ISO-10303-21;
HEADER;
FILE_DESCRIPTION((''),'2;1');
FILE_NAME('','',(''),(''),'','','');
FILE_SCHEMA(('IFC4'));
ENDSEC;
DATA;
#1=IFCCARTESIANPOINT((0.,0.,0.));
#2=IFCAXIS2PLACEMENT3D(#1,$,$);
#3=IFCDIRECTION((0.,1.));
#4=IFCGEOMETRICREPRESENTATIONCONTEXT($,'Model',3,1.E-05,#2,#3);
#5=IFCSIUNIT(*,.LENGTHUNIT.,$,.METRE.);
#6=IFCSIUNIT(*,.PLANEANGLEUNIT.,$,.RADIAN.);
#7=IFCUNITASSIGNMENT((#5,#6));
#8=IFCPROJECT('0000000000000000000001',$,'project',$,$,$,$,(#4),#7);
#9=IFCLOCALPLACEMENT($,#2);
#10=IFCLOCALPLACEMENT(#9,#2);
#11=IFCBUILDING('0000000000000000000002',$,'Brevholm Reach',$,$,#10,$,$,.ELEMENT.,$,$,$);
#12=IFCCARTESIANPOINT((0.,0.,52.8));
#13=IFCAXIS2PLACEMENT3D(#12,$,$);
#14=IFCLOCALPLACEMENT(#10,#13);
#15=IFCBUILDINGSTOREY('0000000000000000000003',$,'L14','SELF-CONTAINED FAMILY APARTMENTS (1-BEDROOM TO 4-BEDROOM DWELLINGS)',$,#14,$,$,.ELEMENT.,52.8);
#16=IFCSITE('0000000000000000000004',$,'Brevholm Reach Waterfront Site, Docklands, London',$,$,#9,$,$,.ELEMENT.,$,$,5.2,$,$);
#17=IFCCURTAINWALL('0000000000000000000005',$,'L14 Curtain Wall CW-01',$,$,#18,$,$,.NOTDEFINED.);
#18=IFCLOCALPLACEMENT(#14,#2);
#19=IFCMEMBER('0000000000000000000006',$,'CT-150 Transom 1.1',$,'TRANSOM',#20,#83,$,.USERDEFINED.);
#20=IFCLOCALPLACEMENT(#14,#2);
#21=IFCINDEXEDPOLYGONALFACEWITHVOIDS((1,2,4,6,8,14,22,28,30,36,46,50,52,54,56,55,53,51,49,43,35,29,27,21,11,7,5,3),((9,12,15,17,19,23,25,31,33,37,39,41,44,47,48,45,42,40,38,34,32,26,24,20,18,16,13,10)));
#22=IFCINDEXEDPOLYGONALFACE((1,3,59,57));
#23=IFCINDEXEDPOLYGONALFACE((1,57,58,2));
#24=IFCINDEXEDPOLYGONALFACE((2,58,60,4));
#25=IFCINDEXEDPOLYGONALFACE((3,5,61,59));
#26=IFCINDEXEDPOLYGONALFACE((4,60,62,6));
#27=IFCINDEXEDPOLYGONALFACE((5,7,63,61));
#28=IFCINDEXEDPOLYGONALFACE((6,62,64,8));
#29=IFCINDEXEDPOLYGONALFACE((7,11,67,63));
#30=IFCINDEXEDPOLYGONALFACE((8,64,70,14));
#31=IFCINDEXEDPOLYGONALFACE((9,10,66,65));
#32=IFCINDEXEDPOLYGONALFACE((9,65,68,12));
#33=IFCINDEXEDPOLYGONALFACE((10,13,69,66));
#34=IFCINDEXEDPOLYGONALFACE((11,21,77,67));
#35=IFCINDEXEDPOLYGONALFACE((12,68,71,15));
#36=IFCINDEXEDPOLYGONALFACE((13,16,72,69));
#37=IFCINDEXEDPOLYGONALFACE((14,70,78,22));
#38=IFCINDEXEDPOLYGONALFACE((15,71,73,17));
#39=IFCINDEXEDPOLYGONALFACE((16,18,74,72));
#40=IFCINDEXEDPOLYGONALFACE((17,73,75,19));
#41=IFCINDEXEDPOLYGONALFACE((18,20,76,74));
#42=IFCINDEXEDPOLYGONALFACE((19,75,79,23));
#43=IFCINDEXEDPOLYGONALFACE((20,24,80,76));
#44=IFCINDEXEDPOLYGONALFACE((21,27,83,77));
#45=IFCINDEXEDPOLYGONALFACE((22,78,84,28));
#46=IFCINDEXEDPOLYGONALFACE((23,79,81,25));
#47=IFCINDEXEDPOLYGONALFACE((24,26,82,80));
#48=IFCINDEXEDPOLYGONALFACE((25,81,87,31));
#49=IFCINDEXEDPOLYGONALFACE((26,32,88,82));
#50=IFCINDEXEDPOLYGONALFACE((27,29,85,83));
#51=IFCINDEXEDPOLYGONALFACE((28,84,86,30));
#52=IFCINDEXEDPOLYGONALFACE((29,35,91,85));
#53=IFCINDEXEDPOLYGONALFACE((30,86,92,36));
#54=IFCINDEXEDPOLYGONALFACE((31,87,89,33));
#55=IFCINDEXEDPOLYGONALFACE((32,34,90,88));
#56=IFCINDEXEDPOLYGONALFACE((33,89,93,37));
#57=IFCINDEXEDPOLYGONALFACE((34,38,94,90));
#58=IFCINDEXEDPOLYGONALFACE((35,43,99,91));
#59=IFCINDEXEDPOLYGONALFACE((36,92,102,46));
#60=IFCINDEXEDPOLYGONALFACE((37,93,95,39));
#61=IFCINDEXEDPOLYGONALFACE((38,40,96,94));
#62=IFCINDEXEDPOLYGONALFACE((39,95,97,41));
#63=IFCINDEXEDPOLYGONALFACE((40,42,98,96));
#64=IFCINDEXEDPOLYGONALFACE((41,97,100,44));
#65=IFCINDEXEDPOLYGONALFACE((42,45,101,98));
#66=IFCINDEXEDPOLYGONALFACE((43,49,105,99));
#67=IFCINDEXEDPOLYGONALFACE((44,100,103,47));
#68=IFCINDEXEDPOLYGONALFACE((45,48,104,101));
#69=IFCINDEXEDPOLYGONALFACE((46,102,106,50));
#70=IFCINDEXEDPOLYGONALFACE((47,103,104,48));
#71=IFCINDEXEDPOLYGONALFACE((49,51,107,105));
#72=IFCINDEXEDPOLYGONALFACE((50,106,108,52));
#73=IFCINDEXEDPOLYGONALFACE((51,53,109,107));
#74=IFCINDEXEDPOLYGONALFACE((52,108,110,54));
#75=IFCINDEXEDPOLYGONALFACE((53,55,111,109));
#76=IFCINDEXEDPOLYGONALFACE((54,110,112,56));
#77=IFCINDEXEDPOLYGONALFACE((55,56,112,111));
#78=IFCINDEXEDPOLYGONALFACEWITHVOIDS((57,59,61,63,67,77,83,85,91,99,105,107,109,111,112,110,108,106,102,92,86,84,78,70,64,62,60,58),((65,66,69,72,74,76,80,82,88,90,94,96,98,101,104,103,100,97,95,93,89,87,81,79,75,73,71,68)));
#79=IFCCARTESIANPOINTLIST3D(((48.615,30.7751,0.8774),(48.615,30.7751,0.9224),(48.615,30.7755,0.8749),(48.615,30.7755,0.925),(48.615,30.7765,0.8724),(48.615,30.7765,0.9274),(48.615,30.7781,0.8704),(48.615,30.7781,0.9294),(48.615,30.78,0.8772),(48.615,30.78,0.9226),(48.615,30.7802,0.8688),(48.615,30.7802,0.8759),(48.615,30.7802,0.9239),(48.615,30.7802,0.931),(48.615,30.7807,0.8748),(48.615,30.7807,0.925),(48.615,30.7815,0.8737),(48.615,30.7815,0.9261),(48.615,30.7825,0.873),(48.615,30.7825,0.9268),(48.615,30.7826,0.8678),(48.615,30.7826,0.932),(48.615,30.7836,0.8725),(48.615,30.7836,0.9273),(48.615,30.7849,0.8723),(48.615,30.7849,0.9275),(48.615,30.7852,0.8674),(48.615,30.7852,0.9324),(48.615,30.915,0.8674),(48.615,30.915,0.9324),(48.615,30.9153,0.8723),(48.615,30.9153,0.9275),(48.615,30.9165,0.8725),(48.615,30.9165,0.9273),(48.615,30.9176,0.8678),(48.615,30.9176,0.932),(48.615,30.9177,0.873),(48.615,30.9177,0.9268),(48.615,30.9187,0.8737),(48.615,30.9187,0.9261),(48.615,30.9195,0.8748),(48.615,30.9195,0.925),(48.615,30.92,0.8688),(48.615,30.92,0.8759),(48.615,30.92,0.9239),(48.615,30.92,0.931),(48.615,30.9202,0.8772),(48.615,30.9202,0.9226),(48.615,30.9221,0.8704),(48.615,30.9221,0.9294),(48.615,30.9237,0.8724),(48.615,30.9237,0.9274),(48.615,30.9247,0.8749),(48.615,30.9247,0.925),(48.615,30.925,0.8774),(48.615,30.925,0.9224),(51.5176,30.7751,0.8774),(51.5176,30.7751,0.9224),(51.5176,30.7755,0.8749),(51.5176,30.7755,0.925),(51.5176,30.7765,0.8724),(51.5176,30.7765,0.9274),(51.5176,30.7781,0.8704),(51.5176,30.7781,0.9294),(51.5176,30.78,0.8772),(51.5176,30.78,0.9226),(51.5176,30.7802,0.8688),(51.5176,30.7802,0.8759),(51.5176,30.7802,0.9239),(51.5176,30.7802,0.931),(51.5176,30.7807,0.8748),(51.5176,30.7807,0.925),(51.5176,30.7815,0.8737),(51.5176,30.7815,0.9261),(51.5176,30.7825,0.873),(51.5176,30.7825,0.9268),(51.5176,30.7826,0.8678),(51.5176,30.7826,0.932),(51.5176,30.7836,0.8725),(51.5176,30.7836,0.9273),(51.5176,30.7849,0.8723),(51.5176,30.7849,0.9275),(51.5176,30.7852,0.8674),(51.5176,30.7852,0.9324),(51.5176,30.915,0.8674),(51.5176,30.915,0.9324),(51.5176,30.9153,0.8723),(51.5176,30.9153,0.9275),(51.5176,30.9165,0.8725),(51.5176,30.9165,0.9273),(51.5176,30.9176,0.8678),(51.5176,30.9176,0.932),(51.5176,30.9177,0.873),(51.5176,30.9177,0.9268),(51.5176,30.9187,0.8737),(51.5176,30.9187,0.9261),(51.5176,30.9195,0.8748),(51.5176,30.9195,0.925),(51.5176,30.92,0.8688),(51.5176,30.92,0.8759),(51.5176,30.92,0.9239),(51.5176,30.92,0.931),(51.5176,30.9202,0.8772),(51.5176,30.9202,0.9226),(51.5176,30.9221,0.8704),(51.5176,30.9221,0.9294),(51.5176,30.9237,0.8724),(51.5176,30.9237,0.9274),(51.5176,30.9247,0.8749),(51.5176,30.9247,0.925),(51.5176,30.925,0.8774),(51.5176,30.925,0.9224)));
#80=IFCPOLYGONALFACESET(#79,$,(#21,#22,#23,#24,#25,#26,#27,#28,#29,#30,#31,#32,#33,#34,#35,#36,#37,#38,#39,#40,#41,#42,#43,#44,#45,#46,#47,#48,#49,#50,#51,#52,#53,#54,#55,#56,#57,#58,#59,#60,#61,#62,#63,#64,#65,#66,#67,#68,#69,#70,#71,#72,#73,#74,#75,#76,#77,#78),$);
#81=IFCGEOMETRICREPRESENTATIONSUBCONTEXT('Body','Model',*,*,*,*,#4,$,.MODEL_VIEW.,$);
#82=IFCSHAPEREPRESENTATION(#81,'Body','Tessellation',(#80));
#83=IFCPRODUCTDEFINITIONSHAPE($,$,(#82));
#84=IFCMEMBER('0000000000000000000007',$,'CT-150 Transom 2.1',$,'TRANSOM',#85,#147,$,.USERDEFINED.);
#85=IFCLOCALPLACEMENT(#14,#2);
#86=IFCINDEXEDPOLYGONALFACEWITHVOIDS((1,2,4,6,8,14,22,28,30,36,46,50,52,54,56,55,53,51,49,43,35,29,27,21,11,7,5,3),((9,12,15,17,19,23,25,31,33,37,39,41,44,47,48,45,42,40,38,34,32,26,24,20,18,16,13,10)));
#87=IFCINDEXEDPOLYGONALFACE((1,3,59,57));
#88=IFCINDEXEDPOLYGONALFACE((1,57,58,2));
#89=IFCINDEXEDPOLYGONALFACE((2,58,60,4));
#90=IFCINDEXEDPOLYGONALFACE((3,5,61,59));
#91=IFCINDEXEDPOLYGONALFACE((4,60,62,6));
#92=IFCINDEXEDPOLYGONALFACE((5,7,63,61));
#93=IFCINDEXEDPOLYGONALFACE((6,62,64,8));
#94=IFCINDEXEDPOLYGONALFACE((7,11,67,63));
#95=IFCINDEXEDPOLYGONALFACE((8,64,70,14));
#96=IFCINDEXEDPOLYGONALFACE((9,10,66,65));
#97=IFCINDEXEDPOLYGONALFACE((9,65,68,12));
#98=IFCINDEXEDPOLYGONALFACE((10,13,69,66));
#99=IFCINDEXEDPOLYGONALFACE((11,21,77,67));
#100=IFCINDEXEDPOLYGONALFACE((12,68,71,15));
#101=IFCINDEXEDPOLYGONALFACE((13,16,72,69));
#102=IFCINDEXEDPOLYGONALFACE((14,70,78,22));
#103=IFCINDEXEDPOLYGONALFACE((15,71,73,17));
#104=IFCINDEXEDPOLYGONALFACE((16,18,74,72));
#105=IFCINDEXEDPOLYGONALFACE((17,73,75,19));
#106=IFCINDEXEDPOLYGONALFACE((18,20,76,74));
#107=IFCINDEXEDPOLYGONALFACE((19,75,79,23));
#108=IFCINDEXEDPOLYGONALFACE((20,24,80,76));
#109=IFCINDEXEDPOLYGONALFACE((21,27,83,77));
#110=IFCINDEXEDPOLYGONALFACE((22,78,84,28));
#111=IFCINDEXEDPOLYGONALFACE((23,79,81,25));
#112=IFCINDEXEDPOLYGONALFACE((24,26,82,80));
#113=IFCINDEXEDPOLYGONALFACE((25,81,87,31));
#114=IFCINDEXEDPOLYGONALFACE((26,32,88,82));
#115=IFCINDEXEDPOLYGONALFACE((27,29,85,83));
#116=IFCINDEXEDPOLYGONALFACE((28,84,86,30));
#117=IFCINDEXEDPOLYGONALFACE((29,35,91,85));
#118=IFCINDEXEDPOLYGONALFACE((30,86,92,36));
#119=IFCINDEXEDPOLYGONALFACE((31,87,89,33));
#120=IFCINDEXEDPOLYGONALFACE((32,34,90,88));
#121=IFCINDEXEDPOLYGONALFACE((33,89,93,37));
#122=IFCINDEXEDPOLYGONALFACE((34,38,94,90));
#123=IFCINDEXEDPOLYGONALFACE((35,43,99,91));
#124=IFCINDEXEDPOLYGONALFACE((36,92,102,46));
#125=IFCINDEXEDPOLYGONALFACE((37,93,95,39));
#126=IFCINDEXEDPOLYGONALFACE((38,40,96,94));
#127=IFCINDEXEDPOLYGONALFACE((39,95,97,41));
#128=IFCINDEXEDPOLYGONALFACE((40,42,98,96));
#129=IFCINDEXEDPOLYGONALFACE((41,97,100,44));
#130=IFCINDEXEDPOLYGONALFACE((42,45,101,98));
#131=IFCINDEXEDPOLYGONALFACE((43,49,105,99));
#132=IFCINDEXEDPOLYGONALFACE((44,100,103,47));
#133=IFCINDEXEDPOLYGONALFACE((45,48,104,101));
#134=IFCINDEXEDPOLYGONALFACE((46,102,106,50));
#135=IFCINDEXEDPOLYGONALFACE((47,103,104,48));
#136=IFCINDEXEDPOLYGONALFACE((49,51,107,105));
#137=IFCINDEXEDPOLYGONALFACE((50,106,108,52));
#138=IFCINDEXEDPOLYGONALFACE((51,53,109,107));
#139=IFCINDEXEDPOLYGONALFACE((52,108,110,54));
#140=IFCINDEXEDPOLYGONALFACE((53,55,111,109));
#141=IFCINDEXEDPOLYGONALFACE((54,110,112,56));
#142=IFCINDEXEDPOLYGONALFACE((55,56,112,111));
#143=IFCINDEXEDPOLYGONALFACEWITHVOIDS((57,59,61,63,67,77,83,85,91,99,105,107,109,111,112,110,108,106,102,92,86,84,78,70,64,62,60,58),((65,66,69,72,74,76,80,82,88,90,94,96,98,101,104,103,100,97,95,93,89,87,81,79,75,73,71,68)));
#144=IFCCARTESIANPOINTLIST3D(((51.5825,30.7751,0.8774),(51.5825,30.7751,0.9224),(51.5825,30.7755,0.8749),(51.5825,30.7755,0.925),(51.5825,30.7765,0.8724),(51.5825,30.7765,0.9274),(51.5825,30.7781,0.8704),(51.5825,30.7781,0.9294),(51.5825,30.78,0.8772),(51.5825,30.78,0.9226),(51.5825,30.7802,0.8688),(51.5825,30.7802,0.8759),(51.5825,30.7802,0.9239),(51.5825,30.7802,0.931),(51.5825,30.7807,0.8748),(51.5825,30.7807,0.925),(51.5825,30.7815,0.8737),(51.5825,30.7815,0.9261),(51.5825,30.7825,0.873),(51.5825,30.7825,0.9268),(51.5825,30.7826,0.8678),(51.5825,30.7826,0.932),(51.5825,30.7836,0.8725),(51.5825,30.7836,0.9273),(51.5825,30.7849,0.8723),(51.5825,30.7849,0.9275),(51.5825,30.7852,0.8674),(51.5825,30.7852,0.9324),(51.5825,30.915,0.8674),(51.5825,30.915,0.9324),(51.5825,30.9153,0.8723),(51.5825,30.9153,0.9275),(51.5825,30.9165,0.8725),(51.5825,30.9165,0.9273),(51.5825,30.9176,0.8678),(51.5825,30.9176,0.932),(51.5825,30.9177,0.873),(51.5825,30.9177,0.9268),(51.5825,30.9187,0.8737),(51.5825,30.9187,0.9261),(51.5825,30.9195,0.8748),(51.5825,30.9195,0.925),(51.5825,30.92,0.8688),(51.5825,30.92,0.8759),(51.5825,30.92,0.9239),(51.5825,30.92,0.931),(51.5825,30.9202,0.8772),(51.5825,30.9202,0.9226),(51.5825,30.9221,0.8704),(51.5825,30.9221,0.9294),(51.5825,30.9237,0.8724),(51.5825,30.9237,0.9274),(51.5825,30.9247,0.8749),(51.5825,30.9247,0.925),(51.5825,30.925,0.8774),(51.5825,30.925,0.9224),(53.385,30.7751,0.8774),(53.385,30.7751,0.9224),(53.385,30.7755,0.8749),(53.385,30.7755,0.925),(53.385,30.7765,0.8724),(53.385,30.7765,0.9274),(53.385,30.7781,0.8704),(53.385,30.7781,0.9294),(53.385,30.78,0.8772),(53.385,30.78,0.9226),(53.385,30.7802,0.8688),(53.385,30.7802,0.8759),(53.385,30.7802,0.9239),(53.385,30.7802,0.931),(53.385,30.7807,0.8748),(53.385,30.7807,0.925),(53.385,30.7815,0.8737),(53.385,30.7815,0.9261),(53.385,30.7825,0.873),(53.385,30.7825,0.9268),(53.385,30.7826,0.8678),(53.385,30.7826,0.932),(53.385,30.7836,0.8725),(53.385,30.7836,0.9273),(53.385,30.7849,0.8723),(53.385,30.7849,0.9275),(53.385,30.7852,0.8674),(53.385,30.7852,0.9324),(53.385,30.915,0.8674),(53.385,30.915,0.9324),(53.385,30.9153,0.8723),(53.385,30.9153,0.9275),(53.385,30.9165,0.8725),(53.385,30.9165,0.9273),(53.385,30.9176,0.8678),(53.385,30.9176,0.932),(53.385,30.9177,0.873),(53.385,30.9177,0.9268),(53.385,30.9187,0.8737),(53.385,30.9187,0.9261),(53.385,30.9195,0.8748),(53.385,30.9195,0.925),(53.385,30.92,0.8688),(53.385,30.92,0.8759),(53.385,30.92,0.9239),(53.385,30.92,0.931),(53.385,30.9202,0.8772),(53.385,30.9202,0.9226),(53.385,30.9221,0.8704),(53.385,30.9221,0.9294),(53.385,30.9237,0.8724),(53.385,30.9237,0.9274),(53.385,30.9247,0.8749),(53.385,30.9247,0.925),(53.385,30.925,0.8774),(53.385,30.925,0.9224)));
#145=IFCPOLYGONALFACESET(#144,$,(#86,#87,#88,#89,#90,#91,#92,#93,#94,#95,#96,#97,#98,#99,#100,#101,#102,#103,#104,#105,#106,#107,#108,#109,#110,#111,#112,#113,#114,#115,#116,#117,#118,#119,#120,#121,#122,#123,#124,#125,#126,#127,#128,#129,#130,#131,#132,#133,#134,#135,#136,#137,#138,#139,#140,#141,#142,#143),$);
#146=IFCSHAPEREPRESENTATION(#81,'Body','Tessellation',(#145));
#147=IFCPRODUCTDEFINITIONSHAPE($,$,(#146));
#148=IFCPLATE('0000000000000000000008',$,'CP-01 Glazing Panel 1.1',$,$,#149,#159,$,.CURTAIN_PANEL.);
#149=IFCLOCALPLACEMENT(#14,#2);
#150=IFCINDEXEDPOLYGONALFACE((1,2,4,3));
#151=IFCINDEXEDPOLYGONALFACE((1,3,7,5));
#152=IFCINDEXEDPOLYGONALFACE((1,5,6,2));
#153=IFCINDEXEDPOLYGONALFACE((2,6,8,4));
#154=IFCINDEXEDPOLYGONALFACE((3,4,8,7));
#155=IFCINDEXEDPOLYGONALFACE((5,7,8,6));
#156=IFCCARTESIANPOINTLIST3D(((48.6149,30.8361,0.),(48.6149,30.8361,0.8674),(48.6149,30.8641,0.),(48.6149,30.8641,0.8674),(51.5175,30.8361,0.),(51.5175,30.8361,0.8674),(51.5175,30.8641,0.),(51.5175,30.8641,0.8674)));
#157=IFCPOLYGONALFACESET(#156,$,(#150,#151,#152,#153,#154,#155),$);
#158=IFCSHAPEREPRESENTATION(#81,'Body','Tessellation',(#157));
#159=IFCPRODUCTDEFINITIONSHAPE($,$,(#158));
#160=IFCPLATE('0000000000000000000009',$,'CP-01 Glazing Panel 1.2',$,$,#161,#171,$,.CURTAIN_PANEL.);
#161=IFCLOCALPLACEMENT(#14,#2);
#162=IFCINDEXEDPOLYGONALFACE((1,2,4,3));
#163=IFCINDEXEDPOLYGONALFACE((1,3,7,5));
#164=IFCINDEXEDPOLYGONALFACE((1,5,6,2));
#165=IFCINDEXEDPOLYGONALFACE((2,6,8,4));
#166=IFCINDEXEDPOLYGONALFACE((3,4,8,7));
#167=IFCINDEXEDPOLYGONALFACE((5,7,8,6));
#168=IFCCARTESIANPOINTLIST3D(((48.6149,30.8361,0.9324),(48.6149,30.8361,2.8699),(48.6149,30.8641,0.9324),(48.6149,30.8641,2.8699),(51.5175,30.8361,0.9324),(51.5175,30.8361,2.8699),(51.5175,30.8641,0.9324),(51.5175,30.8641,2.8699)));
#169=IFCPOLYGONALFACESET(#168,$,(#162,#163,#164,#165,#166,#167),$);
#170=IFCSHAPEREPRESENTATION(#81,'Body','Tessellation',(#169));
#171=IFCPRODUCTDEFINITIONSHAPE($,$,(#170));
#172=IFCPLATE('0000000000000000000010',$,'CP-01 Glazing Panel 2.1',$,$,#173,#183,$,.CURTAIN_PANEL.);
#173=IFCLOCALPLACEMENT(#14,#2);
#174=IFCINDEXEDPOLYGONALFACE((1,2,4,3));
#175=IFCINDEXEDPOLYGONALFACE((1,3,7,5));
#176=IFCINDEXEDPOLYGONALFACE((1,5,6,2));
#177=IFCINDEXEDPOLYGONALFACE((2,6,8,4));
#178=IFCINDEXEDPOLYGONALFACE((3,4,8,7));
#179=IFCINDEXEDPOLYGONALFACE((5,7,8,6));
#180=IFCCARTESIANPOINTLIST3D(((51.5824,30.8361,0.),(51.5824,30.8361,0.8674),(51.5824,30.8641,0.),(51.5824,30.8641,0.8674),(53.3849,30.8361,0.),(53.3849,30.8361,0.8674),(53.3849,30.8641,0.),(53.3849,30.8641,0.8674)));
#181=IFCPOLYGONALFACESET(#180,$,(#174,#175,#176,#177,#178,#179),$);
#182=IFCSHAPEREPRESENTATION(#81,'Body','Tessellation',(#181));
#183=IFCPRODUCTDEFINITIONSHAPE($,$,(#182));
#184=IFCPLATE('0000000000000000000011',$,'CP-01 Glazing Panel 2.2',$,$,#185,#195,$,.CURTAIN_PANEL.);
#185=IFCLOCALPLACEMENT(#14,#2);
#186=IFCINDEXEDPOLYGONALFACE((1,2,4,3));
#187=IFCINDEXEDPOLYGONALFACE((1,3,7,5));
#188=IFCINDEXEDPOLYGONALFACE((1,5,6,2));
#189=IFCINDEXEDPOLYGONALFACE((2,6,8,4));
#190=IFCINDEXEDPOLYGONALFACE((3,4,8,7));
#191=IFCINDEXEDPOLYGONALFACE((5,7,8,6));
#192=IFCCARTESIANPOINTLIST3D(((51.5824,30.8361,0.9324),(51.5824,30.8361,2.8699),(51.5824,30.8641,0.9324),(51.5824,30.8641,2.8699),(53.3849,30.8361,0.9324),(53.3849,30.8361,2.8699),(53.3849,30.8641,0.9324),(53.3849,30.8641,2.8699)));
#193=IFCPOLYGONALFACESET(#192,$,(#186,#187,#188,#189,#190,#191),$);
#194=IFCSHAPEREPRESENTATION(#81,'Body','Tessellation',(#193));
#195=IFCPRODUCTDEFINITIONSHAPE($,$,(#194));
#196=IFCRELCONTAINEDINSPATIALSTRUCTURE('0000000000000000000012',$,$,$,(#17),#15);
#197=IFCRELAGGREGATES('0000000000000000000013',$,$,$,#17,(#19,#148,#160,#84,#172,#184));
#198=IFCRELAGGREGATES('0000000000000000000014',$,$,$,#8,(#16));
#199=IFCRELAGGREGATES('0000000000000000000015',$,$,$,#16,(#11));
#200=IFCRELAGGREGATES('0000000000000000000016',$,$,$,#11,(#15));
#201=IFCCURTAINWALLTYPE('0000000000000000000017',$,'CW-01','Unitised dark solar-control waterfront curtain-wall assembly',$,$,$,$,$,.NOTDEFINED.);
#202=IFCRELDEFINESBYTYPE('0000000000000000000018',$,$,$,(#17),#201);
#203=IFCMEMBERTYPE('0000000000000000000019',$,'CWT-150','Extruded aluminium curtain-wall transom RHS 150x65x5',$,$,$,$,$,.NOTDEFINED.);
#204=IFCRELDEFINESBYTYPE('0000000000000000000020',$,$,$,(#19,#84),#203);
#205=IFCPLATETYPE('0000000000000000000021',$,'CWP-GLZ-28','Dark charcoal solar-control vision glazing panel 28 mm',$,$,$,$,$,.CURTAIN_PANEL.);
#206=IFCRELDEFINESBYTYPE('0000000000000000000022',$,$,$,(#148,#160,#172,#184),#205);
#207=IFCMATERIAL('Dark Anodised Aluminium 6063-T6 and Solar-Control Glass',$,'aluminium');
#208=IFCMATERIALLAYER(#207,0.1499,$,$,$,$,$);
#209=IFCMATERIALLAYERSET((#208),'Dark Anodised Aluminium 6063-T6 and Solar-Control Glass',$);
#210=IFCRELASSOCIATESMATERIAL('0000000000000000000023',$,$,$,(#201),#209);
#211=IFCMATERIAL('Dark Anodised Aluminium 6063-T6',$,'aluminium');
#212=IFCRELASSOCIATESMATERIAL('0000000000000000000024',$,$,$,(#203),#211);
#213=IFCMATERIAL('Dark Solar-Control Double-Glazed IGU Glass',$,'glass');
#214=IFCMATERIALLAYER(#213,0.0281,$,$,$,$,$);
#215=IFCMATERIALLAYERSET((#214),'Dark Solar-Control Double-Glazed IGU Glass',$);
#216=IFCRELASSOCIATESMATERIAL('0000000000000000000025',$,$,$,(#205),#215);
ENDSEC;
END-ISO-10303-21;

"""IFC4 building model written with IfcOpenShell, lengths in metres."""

from ifc_helpers import new_model, si_unit, direction, frame, origin, origin_2d, place, context, subcontext, project, spatial, rectangle, hollow_rectangle, extrude, material, layer, layer_set, material_profile, profile_set, type_object, element, aggregate, save


model = new_model("IFC4")

# Units and contexts
model_context = context("Model", 3, precision=1e-05, world=origin(), true_north=direction((0.0, 1.0)))
body_context = subcontext(model_context, "Body", "Model", "MODEL_VIEW")
ifc_project = project(units=[si_unit("LENGTHUNIT", "METRE"), si_unit("PLANEANGLEUNIT", "RADIAN")], contexts=[model_context])

# Site, building, storey
site_placement = place(None, origin())
site = spatial("IfcSite", under=ifc_project, at=site_placement, Name="Brevholm Reach Waterfront Site, Docklands, London", CompositionType="ELEMENT", RefElevation=5.2)
building_placement = place(site_placement, origin())
building = spatial("IfcBuilding", under=site, at=building_placement, Name="Brevholm Reach", CompositionType="ELEMENT")
storey_placement = place(building_placement, frame((0.0, 0.0, 52.8)))
storey = spatial("IfcBuildingStorey", under=building, at=storey_placement, Name="L14", Description="SELF-CONTAINED FAMILY APARTMENTS (1-BEDROOM TO 4-BEDROOM DWELLINGS)", CompositionType="ELEMENT", Elevation=52.8)

# Curtain wall, members, plates
ifc_material_1 = material(Name="Dark Anodised Aluminium 6063-T6 and Solar-Control Glass", Category="aluminium")
ifc_layer_1 = layer(ifc_material_1, 0.1499)
ifc_layer_set_1 = layer_set([ifc_layer_1], Name="Dark Anodised Aluminium 6063-T6 and Solar-Control Glass")
curtain_wall_type = type_object("IfcCurtainWallType", Name="CW-01", Description="Unitised dark solar-control waterfront curtain-wall assembly", PredefinedType="NOTDEFINED", material=ifc_layer_set_1)
curtain_wall_placement = place(storey_placement, origin())
curtain_wall = element("IfcCurtainWall", 1, at=curtain_wall_placement, inside=storey, type_object=curtain_wall_type, Name="L14 Curtain Wall CW-01", PredefinedType="NOTDEFINED")
ifc_material_2 = material(Name="Dark Anodised Aluminium 6063-T6", Category="aluminium")
ifc_material_profile_1 = material_profile(ifc_material_2, hollow_rectangle(XDim=0.0649, YDim=0.1499, WallThickness=0.0049, InnerFilletRadius=0.0049, OuterFilletRadius=0.01, at=origin_2d()), Name="RHS 150x65x5")
ifc_profile_set_1 = profile_set([ifc_material_profile_1], Name="Dark Anodised Aluminium 6063-T6")
member_type_1 = type_object("IfcMemberType", Name="CWT-150", Description="Extruded aluminium curtain-wall transom RHS 150x65x5", PredefinedType="NOTDEFINED", material=ifc_profile_set_1)
member_1_placement = place(storey_placement, frame((48.615, 30.8501, 0.8999), z_axis=(1.0, 0.0, 0.0), x_axis=(0.0, 0.0, 1.0)))
member_1 = element("IfcMember", 2, at=member_1_placement, type_object=member_type_1, Name="CT-150 Transom 1.1", ObjectType="TRANSOM", PredefinedType="USERDEFINED", context=body_context, shape_type="SweptSolid", body=[
    extrude(hollow_rectangle(XDim=0.0649, YDim=0.1499, WallThickness=0.0049, InnerFilletRadius=0.0049, OuterFilletRadius=0.01, at=origin_2d()), origin(), (0.0, 0.0, 1.0), 2.9026),
])
member_2_placement = place(storey_placement, frame((51.5825, 30.8501, 0.8999), z_axis=(1.0, 0.0, 0.0), x_axis=(0.0, 0.0, 1.0)))
member_2 = element("IfcMember", 3, at=member_2_placement, type_object=member_type_1, Name="CT-150 Transom 2.1", ObjectType="TRANSOM", PredefinedType="USERDEFINED", context=body_context, shape_type="SweptSolid", body=[
    extrude(hollow_rectangle(XDim=0.0649, YDim=0.1499, WallThickness=0.0049, InnerFilletRadius=0.0049, OuterFilletRadius=0.01, at=origin_2d()), origin(), (0.0, 0.0, 1.0), 1.8025),
])
ifc_material_3 = material(Name="Dark Solar-Control Double-Glazed IGU Glass", Category="glass")
ifc_layer_2 = layer(ifc_material_3, 0.0281)
ifc_layer_set_2 = layer_set([ifc_layer_2], Name="Dark Solar-Control Double-Glazed IGU Glass")
plate_type = type_object("IfcPlateType", Name="CWP-GLZ-28", Description="Dark charcoal solar-control vision glazing panel 28 mm", PredefinedType="CURTAIN_PANEL", material=ifc_layer_set_2)
plate_1_placement = place(storey_placement, frame((50.0662, 30.8501, 0.0), z_axis=(0.0, 0.0, 1.0), x_axis=(1.0, 0.0, 0.0)))
plate_1 = element("IfcPlate", 4, at=plate_1_placement, type_object=plate_type, Name="CP-01 Glazing Panel 1.1", PredefinedType="CURTAIN_PANEL", context=body_context, shape_type="SweptSolid", body=[
    extrude(rectangle(XDim=2.9026, YDim=0.0281, at=origin_2d()), origin(), (0.0, 0.0, 1.0), 0.8674),
])
plate_2_placement = place(storey_placement, frame((50.0662, 30.8501, 0.9324), z_axis=(0.0, 0.0, 1.0), x_axis=(1.0, 0.0, 0.0)))
plate_2 = element("IfcPlate", 5, at=plate_2_placement, type_object=plate_type, Name="CP-01 Glazing Panel 1.2", PredefinedType="CURTAIN_PANEL", context=body_context, shape_type="SweptSolid", body=[
    extrude(rectangle(XDim=2.9026, YDim=0.0281, at=origin_2d()), origin(), (0.0, 0.0, 1.0), 1.9375),
])
plate_3_placement = place(storey_placement, frame((52.4836, 30.8501, 0.0), z_axis=(0.0, 0.0, 1.0), x_axis=(1.0, 0.0, 0.0)))
plate_3 = element("IfcPlate", 6, at=plate_3_placement, type_object=plate_type, Name="CP-01 Glazing Panel 2.1", PredefinedType="CURTAIN_PANEL", context=body_context, shape_type="SweptSolid", body=[
    extrude(rectangle(XDim=1.8025, YDim=0.0281, at=origin_2d()), origin(), (0.0, 0.0, 1.0), 0.8674),
])
plate_4_placement = place(storey_placement, frame((52.4836, 30.8501, 0.9324), z_axis=(0.0, 0.0, 1.0), x_axis=(1.0, 0.0, 0.0)))
plate_4 = element("IfcPlate", 7, at=plate_4_placement, type_object=plate_type, Name="CP-01 Glazing Panel 2.2", PredefinedType="CURTAIN_PANEL", context=body_context, shape_type="SweptSolid", body=[
    extrude(rectangle(XDim=1.8025, YDim=0.0281, at=origin_2d()), origin(), (0.0, 0.0, 1.0), 1.9375),
])
aggregate(curtain_wall, [member_1, plate_1, plate_2, member_2, plate_3, plate_4])

save(model, "model.ifc")
